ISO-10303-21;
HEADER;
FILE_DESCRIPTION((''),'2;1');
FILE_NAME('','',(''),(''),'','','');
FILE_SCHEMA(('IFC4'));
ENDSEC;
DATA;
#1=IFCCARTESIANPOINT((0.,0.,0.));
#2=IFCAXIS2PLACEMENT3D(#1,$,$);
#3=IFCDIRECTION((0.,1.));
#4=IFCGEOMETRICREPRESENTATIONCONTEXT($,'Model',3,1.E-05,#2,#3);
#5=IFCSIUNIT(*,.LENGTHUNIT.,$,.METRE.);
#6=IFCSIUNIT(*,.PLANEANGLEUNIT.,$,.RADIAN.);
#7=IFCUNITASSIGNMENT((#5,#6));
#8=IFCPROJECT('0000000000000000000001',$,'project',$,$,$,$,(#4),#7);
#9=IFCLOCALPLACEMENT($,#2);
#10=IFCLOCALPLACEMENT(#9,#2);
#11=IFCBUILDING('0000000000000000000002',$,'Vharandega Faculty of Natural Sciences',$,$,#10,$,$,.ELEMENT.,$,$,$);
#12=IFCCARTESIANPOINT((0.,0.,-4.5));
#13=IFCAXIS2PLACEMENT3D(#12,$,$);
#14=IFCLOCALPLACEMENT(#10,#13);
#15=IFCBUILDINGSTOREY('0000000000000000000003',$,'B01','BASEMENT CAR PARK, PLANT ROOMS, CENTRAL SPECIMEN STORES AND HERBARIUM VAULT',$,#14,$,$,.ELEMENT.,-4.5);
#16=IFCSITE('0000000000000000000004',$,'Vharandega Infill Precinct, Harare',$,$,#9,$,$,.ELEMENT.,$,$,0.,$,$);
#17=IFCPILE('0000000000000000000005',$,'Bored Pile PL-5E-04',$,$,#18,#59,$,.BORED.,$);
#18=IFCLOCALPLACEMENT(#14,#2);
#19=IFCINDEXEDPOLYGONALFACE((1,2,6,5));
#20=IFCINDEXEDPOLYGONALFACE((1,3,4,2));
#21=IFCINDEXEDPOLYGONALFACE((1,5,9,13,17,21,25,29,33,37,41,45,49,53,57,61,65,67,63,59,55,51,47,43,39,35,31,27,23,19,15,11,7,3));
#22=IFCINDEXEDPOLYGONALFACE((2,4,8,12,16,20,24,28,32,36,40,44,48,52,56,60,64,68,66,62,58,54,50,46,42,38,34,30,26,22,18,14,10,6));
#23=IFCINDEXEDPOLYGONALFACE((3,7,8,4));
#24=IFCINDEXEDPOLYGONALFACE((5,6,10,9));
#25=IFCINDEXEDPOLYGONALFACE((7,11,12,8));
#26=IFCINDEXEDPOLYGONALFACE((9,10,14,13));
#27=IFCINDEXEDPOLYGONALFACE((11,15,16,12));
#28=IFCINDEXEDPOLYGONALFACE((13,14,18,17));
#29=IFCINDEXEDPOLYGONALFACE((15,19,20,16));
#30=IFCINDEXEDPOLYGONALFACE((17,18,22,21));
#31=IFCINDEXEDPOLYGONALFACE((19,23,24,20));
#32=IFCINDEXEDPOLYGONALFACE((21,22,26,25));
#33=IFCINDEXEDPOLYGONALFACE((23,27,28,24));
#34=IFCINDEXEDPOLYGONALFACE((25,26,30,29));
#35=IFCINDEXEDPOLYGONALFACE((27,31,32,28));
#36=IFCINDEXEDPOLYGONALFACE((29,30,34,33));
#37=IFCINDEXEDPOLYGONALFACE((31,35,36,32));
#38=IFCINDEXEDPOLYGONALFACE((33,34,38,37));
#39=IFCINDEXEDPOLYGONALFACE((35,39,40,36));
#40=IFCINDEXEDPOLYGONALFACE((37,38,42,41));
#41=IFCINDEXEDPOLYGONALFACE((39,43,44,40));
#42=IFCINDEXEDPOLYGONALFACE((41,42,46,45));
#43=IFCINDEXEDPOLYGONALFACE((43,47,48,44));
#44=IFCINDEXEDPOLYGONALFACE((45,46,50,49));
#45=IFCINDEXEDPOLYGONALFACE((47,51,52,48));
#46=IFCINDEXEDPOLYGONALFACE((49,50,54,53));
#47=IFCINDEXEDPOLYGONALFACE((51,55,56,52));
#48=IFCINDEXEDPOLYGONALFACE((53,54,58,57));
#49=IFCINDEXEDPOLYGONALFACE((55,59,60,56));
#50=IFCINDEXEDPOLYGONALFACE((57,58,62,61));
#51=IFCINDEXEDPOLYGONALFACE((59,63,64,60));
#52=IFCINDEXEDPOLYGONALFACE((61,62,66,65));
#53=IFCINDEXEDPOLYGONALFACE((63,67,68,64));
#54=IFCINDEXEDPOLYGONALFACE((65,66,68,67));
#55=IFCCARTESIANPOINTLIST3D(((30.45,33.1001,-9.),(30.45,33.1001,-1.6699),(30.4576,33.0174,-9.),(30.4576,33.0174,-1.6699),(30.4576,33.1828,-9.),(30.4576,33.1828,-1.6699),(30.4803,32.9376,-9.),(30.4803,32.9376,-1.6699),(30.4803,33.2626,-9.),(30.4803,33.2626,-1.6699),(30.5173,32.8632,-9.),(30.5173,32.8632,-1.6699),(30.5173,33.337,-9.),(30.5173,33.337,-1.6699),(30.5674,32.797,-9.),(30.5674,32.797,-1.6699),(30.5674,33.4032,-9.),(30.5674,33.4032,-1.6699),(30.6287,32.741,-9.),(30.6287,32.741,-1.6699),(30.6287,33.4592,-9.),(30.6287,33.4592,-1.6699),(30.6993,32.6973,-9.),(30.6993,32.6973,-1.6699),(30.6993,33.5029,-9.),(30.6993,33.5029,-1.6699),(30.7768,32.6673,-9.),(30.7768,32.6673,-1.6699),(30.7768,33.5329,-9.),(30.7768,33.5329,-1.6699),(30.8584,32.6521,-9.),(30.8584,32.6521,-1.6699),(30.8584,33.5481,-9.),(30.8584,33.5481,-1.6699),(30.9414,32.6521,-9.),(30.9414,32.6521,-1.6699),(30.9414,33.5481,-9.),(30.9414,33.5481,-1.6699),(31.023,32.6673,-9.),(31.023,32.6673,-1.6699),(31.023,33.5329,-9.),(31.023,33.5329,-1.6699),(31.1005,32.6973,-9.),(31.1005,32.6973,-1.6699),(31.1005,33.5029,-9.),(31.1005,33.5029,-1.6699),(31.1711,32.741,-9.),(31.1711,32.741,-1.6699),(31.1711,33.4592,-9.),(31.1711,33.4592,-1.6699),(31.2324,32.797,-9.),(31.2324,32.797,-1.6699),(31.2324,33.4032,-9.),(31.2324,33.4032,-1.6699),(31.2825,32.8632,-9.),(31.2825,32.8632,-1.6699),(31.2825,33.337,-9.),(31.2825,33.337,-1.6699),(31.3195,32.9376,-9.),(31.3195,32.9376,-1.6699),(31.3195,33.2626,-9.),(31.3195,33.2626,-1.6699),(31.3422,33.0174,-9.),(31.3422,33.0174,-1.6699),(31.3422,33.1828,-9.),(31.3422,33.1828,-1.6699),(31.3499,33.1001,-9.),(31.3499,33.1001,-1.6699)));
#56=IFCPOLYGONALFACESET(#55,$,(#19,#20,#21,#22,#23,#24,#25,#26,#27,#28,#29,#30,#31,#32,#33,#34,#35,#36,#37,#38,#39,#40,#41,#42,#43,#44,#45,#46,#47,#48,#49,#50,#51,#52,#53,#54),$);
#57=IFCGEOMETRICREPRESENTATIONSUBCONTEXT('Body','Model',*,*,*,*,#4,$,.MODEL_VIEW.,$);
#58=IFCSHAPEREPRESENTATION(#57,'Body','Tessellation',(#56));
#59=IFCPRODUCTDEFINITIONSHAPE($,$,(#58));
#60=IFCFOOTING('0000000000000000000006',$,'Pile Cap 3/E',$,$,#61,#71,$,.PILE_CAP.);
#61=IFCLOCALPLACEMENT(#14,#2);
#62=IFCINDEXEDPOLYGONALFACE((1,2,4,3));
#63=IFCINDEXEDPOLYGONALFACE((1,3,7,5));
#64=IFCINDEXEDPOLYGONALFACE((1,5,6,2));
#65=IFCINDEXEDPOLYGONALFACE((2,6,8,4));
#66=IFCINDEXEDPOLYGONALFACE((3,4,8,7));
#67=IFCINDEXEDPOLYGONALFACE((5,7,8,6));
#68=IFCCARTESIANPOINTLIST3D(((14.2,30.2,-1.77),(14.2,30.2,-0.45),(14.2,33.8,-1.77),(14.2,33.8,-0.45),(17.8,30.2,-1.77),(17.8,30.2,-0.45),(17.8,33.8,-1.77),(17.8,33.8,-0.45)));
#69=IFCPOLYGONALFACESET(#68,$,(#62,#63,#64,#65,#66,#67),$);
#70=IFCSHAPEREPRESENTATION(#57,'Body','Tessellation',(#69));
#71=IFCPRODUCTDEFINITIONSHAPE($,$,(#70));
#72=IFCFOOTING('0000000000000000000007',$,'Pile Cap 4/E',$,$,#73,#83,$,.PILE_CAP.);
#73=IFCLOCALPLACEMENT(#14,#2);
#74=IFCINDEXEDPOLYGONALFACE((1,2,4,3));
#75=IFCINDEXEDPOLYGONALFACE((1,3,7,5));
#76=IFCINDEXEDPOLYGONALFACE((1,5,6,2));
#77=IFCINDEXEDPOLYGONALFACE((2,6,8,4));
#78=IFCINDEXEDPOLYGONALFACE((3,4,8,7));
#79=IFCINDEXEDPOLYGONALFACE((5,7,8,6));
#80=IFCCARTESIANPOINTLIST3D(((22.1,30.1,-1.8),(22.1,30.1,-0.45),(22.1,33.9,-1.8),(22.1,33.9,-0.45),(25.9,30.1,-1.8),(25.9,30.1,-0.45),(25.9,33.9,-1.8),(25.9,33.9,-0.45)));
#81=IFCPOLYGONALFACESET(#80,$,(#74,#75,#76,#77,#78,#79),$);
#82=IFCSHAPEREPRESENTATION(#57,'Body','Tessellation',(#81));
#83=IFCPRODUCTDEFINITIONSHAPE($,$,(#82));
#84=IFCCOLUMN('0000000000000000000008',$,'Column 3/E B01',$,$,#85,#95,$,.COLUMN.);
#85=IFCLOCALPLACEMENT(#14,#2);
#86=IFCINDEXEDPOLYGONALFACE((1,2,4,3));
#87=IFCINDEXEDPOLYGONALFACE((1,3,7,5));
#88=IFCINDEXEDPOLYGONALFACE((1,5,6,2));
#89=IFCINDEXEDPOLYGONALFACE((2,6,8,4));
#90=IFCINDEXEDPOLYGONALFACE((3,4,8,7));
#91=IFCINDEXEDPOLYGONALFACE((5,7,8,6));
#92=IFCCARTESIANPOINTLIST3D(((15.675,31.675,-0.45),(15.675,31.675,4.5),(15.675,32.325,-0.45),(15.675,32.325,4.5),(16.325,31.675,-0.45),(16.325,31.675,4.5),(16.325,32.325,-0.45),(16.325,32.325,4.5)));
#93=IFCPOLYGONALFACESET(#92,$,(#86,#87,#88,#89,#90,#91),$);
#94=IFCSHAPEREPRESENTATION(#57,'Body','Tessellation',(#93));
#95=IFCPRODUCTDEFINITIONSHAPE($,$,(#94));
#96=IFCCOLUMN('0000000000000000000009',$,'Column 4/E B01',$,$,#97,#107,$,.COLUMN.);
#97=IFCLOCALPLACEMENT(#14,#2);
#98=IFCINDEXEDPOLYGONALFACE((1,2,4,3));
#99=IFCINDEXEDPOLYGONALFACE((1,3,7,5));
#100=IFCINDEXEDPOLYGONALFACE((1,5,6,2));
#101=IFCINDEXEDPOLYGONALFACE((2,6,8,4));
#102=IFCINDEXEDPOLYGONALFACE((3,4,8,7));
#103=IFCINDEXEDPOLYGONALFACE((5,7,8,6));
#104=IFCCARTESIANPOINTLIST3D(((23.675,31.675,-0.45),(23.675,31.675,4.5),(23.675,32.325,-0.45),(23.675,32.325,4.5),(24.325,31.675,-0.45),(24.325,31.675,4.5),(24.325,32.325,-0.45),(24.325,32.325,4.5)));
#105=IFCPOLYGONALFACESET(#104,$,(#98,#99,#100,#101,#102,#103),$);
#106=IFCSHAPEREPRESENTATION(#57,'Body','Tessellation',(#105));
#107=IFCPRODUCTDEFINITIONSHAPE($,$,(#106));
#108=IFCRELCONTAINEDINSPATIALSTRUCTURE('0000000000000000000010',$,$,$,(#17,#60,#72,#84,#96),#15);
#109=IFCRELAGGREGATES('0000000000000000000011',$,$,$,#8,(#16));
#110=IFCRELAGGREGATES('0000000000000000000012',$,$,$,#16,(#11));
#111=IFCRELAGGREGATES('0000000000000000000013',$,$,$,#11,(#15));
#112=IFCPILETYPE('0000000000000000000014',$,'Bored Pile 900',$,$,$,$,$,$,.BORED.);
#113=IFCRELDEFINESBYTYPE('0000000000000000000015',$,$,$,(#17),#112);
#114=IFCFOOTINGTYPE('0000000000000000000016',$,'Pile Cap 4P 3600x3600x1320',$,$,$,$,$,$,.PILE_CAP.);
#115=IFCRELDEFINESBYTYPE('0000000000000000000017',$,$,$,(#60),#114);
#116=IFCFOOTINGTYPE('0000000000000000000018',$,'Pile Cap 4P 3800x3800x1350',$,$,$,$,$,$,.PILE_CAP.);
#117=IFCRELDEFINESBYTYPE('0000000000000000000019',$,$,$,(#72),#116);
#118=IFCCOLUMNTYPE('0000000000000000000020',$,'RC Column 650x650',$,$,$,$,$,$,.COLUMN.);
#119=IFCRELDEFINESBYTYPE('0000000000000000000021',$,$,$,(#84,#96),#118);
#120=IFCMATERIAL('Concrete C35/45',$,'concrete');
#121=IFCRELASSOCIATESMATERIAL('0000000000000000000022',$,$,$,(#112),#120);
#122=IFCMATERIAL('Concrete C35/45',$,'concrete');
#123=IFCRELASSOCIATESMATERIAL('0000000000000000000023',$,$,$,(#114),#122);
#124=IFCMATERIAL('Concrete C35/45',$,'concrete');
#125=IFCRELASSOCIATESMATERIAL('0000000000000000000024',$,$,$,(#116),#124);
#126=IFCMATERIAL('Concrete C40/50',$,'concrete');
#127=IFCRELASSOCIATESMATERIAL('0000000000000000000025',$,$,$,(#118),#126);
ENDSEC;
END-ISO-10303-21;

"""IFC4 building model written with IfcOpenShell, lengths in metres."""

from ifc_helpers import new_model, si_unit, direction, frame, origin, origin_2d, place, context, subcontext, project, spatial, rectangle, circle, extrude, material, material_profile, profile_set, type_object, element, save


model = new_model("IFC4")

# Units and contexts
model_context = context("Model", 3, precision=1e-05, world=origin(), true_north=direction((0.0, 1.0)))
body_context = subcontext(model_context, "Body", "Model", "MODEL_VIEW")
ifc_project = project(units=[si_unit("LENGTHUNIT", "METRE"), si_unit("PLANEANGLEUNIT", "RADIAN")], contexts=[model_context])

# Site, building, storey
site_placement = place(None, origin())
site = spatial("IfcSite", under=ifc_project, at=site_placement, Name="Vharandega Infill Precinct, Harare", CompositionType="ELEMENT", RefElevation=0.0)
building_placement = place(site_placement, origin())
building = spatial("IfcBuilding", under=site, at=building_placement, Name="Vharandega Faculty of Natural Sciences", CompositionType="ELEMENT")
storey_placement = place(building_placement, frame((0.0, 0.0, -4.5)))
storey = spatial("IfcBuildingStorey", under=building, at=storey_placement, Name="B01", Description="BASEMENT CAR PARK, PLANT ROOMS, CENTRAL SPECIMEN STORES AND HERBARIUM VAULT", CompositionType="ELEMENT", Elevation=-4.5)

# Pile
ifc_material_1 = material(Name="Concrete C35/45", Category="concrete")
ifc_material_profile_1 = material_profile(ifc_material_1, circle(Radius=0.45, at=origin_2d()), Name="PILE 900")
ifc_profile_set_1 = profile_set([ifc_material_profile_1], Name="Concrete C35/45")
pile_type = type_object("IfcPileType", Name="Bored Pile 900", PredefinedType="BORED", material=ifc_profile_set_1)
for number, where, z_axis, x_axis, name in (
    (1, (30.8999, 33.1001, -1.6699), (0.0, 0.0, -1.0), (1.0, 0.0, 0.0), "Bored Pile PL-5E-04"),
):
    element("IfcPile", number, at=place(storey_placement, frame(where, z_axis=z_axis, x_axis=x_axis)), inside=storey, type_object=pile_type, Name=name, PredefinedType="BORED", context=body_context, shape_type="SweptSolid", body=[
        extrude(circle(Radius=0.45, at=origin_2d()), origin(), (0.0, 0.0, 1.0), 7.3301),
    ])

# Footings
ifc_material_2 = material(Name="Concrete C35/45", Category="concrete")
footing_type_1 = type_object("IfcFootingType", Name="Pile Cap 4P 3600x3600x1320", PredefinedType="PILE_CAP", material=ifc_material_2)
footing_1_placement = place(storey_placement, frame((16.0, 32.0, -1.77), z_axis=(0.0, 0.0, 1.0), x_axis=(1.0, 0.0, 0.0)))
element("IfcFooting", 2, at=footing_1_placement, inside=storey, type_object=footing_type_1, Name="Pile Cap 3/E", PredefinedType="PILE_CAP", context=body_context, shape_type="SweptSolid", body=[
    extrude(rectangle(XDim=3.6001, YDim=3.6001, at=origin_2d()), origin(), (0.0, 0.0, 1.0), 1.3201),
])
ifc_material_3 = material(Name="Concrete C35/45", Category="concrete")
footing_type_2 = type_object("IfcFootingType", Name="Pile Cap 4P 3800x3800x1350", PredefinedType="PILE_CAP", material=ifc_material_3)
footing_2_placement = place(storey_placement, frame((24.0, 32.0, -1.8), z_axis=(0.0, 0.0, 1.0), x_axis=(1.0, 0.0, 0.0)))
element("IfcFooting", 3, at=footing_2_placement, inside=storey, type_object=footing_type_2, Name="Pile Cap 4/E", PredefinedType="PILE_CAP", context=body_context, shape_type="SweptSolid", body=[
    extrude(rectangle(XDim=3.8, YDim=3.8, at=origin_2d()), origin(), (0.0, 0.0, 1.0), 1.3501),
])

# Columns
ifc_material_4 = material(Name="Concrete C40/50", Category="concrete")
ifc_material_profile_2 = material_profile(ifc_material_4, rectangle(XDim=0.6499, YDim=0.6499, at=origin_2d()), Name="RC 650x650")
ifc_profile_set_2 = profile_set([ifc_material_profile_2], Name="Concrete C40/50")
column_type = type_object("IfcColumnType", Name="RC Column 650x650", PredefinedType="COLUMN", material=ifc_profile_set_2)
for number, where, z_axis, x_axis, name in (
    (4, (16.0, 32.0, -0.45), (0.0, 0.0, 1.0), (1.0, 0.0, 0.0), "Column 3/E B01"),
    (5, (24.0, 32.0, -0.45), (0.0, 0.0, 1.0), (1.0, 0.0, 0.0), "Column 4/E B01"),
):
    element("IfcColumn", number, at=place(storey_placement, frame(where, z_axis=z_axis, x_axis=x_axis)), inside=storey, type_object=column_type, Name=name, PredefinedType="COLUMN", context=body_context, shape_type="SweptSolid", body=[
        extrude(rectangle(XDim=0.6499, YDim=0.6499, at=origin_2d()), origin(), (0.0, 0.0, 1.0), 4.95),
    ])

save(model, "model.ifc")
